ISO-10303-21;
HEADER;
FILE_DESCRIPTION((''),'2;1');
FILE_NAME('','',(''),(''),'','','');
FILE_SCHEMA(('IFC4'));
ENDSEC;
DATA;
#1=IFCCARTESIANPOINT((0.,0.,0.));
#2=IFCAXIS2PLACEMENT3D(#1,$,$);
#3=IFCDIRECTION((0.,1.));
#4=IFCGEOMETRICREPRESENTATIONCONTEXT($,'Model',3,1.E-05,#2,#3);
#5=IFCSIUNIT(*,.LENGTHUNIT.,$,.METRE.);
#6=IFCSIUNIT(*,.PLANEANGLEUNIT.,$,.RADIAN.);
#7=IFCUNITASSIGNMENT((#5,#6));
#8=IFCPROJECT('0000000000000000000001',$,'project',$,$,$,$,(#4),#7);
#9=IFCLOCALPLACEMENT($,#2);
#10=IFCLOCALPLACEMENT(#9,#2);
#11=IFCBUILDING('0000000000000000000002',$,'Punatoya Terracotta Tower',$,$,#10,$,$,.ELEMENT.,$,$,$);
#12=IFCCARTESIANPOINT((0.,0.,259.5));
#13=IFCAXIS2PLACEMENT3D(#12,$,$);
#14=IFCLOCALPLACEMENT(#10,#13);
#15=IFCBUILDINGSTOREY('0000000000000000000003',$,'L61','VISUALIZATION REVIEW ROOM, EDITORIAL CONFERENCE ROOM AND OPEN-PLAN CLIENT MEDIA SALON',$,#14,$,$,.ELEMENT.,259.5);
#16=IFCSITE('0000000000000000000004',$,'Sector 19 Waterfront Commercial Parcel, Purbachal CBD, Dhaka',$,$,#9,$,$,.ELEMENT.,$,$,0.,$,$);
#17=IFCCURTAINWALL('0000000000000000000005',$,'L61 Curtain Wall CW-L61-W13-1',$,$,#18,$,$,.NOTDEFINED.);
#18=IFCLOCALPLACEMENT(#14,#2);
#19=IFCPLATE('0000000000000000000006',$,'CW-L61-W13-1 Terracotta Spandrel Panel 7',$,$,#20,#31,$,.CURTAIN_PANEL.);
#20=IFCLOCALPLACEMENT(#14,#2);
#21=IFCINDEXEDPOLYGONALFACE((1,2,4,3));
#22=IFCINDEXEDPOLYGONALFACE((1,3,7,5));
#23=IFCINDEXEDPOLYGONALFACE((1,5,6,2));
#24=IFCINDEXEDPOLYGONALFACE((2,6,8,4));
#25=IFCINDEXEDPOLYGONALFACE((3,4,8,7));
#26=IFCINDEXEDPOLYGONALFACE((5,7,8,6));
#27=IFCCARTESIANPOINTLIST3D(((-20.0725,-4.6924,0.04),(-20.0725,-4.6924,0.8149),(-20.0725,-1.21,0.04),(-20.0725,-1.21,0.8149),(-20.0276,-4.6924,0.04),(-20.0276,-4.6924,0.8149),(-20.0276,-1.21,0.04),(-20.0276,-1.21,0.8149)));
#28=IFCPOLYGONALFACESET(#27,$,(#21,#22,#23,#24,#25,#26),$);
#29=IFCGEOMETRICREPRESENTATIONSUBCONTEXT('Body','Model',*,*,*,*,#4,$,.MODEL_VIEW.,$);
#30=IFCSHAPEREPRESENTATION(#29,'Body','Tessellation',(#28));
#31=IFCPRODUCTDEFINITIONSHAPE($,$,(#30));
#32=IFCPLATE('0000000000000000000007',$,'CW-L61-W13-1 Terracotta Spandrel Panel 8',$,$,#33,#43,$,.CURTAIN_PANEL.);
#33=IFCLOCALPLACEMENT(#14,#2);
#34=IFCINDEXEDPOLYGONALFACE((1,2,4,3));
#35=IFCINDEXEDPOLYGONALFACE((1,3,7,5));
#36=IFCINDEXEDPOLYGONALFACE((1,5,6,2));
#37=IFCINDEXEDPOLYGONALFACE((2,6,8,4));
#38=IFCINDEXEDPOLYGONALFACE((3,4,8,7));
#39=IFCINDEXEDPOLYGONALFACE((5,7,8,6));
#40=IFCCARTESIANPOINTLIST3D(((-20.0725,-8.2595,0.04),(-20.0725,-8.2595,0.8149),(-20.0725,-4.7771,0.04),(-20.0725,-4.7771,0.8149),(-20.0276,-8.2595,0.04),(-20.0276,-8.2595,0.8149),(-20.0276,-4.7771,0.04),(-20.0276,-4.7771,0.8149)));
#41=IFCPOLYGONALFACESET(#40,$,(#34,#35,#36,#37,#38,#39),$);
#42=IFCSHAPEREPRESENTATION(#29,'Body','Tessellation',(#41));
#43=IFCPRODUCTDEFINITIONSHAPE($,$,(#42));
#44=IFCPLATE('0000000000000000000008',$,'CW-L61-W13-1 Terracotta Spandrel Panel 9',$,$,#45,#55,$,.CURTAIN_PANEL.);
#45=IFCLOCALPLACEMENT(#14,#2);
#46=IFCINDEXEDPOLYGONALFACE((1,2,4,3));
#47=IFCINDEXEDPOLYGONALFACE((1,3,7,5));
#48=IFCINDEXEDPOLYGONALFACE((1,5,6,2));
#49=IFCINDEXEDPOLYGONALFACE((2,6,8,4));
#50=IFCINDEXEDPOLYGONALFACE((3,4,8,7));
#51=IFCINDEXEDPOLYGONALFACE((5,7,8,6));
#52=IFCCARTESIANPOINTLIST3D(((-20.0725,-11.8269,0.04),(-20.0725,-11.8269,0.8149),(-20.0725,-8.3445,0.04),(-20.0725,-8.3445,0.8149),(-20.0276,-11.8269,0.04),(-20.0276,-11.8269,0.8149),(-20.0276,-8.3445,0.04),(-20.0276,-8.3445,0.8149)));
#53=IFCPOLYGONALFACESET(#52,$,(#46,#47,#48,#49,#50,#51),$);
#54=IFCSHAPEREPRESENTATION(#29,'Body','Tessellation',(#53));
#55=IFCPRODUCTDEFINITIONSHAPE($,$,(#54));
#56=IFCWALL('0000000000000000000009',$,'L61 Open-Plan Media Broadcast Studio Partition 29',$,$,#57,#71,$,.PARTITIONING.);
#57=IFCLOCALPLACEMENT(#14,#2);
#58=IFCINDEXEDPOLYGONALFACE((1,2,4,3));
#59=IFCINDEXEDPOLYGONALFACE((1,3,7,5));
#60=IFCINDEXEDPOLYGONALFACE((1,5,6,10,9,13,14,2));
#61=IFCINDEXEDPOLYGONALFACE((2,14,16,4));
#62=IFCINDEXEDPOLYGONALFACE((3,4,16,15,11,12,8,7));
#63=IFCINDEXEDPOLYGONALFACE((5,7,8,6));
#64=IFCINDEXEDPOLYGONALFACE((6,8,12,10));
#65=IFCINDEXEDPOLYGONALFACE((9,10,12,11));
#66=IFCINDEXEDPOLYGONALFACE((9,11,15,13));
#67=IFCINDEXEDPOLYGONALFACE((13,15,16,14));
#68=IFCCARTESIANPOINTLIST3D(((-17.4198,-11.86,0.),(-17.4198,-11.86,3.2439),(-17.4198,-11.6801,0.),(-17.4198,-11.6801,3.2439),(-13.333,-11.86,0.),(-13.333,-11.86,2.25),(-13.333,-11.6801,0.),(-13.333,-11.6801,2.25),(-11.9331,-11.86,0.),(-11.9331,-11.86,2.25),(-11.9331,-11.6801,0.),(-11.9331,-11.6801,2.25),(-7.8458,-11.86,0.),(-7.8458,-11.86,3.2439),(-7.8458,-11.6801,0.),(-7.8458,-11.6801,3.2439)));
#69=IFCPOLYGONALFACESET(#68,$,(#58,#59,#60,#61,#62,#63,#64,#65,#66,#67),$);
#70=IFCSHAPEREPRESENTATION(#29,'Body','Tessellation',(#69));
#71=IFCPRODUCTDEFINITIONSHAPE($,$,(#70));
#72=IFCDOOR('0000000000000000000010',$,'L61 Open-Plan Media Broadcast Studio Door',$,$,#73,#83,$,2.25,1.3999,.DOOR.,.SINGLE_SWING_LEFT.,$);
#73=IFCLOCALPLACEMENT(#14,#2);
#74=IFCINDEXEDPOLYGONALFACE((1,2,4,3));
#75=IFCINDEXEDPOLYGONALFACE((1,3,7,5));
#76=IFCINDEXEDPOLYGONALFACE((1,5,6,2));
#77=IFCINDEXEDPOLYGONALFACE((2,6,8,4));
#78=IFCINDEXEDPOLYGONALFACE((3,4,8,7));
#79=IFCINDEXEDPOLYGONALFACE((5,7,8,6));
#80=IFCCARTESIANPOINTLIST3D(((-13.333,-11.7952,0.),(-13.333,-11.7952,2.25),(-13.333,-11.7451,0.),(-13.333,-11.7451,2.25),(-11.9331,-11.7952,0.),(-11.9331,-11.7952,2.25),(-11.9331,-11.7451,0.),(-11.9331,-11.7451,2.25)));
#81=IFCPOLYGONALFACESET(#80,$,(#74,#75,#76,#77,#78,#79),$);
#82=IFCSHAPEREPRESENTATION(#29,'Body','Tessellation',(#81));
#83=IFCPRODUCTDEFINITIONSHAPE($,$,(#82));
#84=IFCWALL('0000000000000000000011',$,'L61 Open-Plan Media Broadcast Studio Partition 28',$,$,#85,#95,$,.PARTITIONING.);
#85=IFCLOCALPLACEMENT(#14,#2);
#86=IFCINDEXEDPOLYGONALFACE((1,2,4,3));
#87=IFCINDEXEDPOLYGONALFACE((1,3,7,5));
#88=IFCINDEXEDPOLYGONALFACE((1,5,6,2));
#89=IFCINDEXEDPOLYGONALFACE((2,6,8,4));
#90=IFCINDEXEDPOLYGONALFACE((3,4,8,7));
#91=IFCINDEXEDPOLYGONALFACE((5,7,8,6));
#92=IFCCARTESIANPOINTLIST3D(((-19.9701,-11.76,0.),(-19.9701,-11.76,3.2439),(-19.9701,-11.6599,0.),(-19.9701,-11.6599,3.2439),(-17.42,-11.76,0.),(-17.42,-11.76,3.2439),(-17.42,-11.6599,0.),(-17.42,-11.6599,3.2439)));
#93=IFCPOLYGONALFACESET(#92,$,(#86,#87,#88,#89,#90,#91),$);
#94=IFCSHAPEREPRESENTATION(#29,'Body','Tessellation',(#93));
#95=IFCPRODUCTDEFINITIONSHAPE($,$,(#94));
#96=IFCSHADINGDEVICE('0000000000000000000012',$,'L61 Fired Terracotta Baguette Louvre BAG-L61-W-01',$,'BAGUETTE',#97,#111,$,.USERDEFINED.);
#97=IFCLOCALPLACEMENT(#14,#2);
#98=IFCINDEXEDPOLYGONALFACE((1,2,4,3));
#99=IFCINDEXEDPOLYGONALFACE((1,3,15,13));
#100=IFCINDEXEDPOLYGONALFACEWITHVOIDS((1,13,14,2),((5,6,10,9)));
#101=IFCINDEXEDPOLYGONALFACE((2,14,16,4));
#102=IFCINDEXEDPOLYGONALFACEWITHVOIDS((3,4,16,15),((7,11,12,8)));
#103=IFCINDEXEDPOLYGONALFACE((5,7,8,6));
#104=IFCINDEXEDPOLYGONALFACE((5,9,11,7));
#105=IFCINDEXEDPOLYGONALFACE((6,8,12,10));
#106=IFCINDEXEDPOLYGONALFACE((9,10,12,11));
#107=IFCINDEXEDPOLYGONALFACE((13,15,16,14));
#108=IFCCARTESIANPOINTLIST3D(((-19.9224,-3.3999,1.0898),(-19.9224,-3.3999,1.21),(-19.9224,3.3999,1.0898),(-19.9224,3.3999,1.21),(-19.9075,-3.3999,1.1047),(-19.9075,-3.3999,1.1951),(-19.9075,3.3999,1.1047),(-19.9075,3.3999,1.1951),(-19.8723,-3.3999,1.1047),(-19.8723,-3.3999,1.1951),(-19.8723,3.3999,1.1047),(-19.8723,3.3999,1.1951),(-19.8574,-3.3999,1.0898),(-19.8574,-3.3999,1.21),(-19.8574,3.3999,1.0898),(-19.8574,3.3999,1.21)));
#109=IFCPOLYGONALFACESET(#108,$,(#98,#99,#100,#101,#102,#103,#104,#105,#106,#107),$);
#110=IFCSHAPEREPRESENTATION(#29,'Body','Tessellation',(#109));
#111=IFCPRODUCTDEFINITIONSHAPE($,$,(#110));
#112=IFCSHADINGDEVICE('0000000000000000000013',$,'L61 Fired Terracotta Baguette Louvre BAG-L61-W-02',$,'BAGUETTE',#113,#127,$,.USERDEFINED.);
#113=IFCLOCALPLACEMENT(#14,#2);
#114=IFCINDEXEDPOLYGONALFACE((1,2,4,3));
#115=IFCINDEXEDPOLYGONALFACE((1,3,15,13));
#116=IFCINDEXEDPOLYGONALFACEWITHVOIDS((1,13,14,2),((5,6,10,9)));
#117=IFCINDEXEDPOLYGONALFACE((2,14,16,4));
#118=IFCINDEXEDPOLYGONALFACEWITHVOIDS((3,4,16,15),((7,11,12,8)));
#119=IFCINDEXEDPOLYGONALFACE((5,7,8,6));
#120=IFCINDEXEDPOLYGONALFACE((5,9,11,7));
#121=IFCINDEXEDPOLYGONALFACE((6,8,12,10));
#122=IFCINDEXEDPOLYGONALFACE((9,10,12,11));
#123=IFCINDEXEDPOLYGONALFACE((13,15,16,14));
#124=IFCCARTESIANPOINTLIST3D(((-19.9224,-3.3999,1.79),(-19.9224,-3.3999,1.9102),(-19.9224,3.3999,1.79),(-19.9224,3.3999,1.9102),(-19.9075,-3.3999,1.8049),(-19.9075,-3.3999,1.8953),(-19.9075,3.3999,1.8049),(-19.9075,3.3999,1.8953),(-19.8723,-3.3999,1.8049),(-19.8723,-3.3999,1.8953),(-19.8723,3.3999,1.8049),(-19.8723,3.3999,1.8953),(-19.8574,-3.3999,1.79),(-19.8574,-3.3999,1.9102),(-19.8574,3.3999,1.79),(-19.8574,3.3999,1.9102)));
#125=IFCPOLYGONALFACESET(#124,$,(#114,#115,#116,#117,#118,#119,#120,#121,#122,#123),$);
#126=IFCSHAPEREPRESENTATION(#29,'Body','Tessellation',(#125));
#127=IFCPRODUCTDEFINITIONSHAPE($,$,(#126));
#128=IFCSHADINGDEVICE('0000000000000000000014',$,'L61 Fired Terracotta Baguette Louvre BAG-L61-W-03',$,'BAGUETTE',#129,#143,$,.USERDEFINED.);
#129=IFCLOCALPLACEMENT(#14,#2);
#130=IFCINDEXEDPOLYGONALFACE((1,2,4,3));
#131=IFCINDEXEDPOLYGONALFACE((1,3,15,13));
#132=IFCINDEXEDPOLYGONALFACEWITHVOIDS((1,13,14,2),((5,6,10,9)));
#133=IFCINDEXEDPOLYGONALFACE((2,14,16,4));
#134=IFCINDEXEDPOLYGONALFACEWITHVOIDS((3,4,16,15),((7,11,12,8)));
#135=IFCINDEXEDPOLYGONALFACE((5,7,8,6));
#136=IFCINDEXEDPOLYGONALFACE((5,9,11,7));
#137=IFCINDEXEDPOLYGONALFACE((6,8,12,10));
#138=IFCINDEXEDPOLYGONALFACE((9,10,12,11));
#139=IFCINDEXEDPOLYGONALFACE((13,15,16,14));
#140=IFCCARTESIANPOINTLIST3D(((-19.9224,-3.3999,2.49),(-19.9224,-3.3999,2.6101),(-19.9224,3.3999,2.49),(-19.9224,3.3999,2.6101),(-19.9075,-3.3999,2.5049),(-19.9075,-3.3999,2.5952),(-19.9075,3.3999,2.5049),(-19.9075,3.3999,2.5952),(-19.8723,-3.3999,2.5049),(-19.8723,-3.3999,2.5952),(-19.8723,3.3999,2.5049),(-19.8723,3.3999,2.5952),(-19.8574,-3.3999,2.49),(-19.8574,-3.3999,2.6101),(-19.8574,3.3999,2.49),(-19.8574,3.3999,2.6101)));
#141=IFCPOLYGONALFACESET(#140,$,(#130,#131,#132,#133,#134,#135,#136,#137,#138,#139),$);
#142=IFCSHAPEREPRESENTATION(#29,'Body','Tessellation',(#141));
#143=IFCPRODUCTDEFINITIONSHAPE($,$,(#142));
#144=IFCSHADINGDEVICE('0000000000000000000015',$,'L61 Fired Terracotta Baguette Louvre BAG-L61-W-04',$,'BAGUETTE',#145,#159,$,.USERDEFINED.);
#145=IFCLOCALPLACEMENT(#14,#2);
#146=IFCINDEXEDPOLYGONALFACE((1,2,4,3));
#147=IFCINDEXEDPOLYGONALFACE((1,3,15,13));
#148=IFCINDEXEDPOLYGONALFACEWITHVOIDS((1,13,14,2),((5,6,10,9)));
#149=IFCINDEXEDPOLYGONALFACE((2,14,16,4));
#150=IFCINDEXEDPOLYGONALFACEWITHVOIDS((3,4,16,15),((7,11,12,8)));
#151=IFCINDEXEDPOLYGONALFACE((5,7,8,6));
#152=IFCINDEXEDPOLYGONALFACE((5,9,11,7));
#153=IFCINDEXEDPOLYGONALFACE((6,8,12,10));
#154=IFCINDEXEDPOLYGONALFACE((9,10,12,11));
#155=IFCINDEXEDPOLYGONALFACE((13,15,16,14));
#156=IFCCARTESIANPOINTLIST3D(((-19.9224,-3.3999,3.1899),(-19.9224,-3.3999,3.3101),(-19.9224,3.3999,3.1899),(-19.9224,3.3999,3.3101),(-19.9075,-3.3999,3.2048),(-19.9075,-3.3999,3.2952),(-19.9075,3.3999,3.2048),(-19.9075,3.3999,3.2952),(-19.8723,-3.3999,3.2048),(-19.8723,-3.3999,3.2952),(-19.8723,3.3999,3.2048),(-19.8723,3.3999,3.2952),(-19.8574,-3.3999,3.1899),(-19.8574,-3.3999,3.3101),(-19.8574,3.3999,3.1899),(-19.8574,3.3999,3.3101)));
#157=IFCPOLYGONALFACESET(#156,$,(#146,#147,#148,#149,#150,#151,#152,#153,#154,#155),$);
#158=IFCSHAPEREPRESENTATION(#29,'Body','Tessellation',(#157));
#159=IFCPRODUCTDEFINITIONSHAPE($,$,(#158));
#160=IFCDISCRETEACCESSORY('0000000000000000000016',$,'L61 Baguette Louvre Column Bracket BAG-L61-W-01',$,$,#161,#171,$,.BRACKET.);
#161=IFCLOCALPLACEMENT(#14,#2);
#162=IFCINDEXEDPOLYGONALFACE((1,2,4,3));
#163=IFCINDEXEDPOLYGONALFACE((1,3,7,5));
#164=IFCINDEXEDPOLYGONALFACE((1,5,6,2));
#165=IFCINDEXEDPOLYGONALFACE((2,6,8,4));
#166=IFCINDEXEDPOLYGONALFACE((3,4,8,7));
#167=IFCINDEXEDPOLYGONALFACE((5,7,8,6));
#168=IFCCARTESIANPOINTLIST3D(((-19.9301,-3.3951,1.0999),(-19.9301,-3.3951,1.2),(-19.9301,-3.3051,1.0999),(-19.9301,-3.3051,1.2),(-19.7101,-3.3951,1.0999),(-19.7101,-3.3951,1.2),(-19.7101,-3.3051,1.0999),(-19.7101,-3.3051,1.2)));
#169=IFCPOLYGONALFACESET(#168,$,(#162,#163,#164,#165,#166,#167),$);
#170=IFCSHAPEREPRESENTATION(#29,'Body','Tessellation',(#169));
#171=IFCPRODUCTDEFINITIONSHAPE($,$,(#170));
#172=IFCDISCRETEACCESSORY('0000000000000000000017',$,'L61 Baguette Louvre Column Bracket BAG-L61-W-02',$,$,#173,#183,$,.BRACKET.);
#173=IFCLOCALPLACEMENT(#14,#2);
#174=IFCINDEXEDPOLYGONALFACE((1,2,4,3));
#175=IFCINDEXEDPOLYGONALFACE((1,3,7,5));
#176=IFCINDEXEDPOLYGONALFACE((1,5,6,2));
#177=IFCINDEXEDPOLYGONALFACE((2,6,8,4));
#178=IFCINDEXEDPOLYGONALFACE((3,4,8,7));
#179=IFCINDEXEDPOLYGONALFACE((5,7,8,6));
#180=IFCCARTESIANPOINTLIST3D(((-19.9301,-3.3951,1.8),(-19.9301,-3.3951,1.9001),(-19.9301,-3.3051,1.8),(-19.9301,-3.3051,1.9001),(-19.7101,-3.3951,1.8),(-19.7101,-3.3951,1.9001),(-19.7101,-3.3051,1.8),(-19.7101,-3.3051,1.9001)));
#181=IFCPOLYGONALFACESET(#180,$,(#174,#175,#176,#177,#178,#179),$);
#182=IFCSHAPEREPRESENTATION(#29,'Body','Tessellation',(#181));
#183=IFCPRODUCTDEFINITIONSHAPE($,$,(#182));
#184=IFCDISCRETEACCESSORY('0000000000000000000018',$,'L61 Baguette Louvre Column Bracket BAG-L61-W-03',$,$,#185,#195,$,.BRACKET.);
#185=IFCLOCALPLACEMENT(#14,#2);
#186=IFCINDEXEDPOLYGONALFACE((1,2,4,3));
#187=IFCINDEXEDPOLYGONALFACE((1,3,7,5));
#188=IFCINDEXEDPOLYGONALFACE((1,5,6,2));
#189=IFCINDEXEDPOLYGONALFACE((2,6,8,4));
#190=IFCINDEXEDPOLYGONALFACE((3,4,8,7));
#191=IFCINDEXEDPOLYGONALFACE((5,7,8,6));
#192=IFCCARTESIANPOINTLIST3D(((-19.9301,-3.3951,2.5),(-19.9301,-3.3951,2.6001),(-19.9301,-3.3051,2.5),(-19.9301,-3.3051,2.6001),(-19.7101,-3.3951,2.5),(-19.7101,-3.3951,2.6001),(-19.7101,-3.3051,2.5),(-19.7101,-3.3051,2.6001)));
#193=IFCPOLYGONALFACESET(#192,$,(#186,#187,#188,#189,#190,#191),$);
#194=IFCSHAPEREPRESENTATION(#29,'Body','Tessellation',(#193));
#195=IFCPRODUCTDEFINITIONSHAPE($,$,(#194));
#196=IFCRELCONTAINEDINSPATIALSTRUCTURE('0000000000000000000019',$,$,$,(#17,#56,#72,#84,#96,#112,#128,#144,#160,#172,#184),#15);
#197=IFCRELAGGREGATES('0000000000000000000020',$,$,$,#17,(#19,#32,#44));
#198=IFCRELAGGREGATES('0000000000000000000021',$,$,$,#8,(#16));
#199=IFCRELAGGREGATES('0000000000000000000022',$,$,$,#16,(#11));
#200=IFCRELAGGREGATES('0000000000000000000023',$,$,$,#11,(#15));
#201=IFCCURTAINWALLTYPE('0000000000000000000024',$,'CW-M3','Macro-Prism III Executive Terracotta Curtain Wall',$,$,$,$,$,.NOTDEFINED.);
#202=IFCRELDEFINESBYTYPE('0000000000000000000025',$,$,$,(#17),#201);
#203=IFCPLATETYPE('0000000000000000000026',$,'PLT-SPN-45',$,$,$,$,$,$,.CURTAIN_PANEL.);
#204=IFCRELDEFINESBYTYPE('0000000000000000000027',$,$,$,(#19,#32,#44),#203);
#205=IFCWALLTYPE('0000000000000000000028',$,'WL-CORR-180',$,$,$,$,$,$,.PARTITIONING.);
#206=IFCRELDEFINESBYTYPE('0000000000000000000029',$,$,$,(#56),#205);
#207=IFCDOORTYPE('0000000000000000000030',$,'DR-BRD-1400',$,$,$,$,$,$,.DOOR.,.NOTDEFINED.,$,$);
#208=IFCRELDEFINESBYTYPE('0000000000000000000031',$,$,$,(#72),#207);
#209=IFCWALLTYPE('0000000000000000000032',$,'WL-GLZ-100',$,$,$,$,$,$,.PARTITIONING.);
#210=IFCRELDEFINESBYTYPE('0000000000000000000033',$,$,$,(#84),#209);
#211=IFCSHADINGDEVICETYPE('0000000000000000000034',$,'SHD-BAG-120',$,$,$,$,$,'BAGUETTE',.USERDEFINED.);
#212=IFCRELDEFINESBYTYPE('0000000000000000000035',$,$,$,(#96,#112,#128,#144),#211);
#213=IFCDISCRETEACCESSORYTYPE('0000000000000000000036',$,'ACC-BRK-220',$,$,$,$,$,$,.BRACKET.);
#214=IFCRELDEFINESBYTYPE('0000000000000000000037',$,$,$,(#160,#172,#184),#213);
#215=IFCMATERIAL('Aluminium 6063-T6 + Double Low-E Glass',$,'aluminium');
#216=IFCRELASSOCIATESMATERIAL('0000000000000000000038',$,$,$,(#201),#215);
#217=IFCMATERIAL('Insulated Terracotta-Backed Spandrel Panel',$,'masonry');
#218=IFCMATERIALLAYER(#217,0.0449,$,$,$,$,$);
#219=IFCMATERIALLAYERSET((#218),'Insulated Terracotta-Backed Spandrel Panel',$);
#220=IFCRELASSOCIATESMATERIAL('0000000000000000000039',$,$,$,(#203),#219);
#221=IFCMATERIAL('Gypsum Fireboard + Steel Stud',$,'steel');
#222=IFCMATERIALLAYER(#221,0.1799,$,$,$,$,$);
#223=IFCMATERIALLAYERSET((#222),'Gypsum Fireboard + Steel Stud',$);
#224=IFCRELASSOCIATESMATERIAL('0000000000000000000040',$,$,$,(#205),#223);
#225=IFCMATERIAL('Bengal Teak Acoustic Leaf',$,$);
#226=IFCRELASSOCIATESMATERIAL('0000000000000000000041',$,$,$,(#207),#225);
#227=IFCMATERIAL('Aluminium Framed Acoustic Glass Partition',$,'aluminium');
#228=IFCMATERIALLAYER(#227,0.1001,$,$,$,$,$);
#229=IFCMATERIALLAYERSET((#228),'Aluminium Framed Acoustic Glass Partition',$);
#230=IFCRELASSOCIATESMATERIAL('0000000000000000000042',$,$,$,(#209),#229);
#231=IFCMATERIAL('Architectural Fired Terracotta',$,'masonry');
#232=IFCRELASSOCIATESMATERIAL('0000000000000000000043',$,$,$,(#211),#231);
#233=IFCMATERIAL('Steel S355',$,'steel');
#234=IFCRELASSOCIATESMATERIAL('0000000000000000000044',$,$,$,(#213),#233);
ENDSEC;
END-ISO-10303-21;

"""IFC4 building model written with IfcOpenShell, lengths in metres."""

from ifc_helpers import new_model, si_unit, direction, frame, frame_2d, origin, origin_2d, place, context, subcontext, project, spatial, rectangle, hollow_rectangle, extrude, material, layer, layer_set, material_profile, profile_set, type_object, element, fill, aggregate, save


model = new_model("IFC4")

# Units and contexts
model_context = context("Model", 3, precision=1e-05, world=origin(), true_north=direction((0.0, 1.0)))
body_context = subcontext(model_context, "Body", "Model", "MODEL_VIEW")
ifc_project = project(units=[si_unit("LENGTHUNIT", "METRE"), si_unit("PLANEANGLEUNIT", "RADIAN")], contexts=[model_context])

# Site, building, storey
site_placement = place(None, origin())
site = spatial("IfcSite", under=ifc_project, at=site_placement, Name="Sector 19 Waterfront Commercial Parcel, Purbachal CBD, Dhaka", CompositionType="ELEMENT", RefElevation=0.0)
building_placement = place(site_placement, origin())
building = spatial("IfcBuilding", under=site, at=building_placement, Name="Punatoya Terracotta Tower", CompositionType="ELEMENT")
storey_placement = place(building_placement, frame((0.0, 0.0, 259.5)))
storey = spatial("IfcBuildingStorey", under=building, at=storey_placement, Name="L61", Description="VISUALIZATION REVIEW ROOM, EDITORIAL CONFERENCE ROOM AND OPEN-PLAN CLIENT MEDIA SALON", CompositionType="ELEMENT", Elevation=259.5)

# Shared definitions
ifc_material_1 = material(Name="Steel S355", Category="steel")

# Curtain wall
ifc_material_2 = material(Name="Aluminium 6063-T6 + Double Low-E Glass", Category="aluminium")
curtain_wall_type = type_object("IfcCurtainWallType", Name="CW-M3", Description="Macro-Prism III Executive Terracotta Curtain Wall", PredefinedType="NOTDEFINED", material=ifc_material_2)
curtain_wall_placement = place(storey_placement, origin())
curtain_wall = element("IfcCurtainWall", 1, at=curtain_wall_placement, inside=storey, type_object=curtain_wall_type, Name="L61 Curtain Wall CW-L61-W13-1", PredefinedType="NOTDEFINED")

# Plates
ifc_material_3 = material(Name="Insulated Terracotta-Backed Spandrel Panel", Category="masonry")
ifc_layer_1 = layer(ifc_material_3, 0.0449)
ifc_layer_set_1 = layer_set([ifc_layer_1], Name="Insulated Terracotta-Backed Spandrel Panel")
plate_type_1 = type_object("IfcPlateType", Name="PLT-SPN-45", PredefinedType="CURTAIN_PANEL", material=ifc_layer_set_1)
plate_1_placement = place(storey_placement, frame((-20.05, -2.9512, 0.04), z_axis=(0.0, 0.0, 1.0), x_axis=(0.0, -1.0, 0.0)))
plate_1 = element("IfcPlate", 2, at=plate_1_placement, type_object=plate_type_1, Name="CW-L61-W13-1 Terracotta Spandrel Panel 7", PredefinedType="CURTAIN_PANEL", context=body_context, shape_type="SweptSolid", body=[
    extrude(rectangle(XDim=3.4824, YDim=0.0449, at=origin_2d()), origin(), (0.0, 0.0, 1.0), 0.7749),
])
plate_2_placement = place(storey_placement, frame((-20.05, -6.5183, 0.04), z_axis=(0.0, 0.0, 1.0), x_axis=(0.0, -1.0, 0.0)))
plate_2 = element("IfcPlate", 3, at=plate_2_placement, type_object=plate_type_1, Name="CW-L61-W13-1 Terracotta Spandrel Panel 8", PredefinedType="CURTAIN_PANEL", context=body_context, shape_type="SweptSolid", body=[
    extrude(rectangle(XDim=3.4824, YDim=0.0449, at=origin_2d()), origin(), (0.0, 0.0, 1.0), 0.7749),
])
plate_3_placement = place(storey_placement, frame((-20.05, -10.0857, 0.04), z_axis=(0.0, 0.0, 1.0), x_axis=(0.0, -1.0, 0.0)))
plate_3 = element("IfcPlate", 4, at=plate_3_placement, type_object=plate_type_1, Name="CW-L61-W13-1 Terracotta Spandrel Panel 9", PredefinedType="CURTAIN_PANEL", context=body_context, shape_type="SweptSolid", body=[
    extrude(rectangle(XDim=3.4824, YDim=0.0449, at=origin_2d()), origin(), (0.0, 0.0, 1.0), 0.7749),
])
aggregate(curtain_wall, [plate_1, plate_2, plate_3])

# Wall, opening, door
ifc_material_4 = material(Name="Gypsum Fireboard + Steel Stud", Category="steel")
ifc_layer_2 = layer(ifc_material_4, 0.1799)
ifc_layer_set_2 = layer_set([ifc_layer_2], Name="Gypsum Fireboard + Steel Stud")
wall_type_1 = type_object("IfcWallType", Name="WL-CORR-180", PredefinedType="PARTITIONING", material=ifc_layer_set_2)
wall_1_placement = place(storey_placement, frame((-17.4199, -11.77, 0.0), z_axis=(0.0, 0.0, 1.0), x_axis=(1.0, 0.0, 0.0)))
wall_1 = element("IfcWall", 5, at=wall_1_placement, inside=storey, type_object=wall_type_1, Name="L61 Open-Plan Media Broadcast Studio Partition 29", PredefinedType="PARTITIONING", context=body_context, shape_type="SweptSolid", body=[
    extrude(rectangle(XDim=9.574, YDim=0.1799, at=frame_2d((4.7871, 0.0))), origin(), (0.0, 0.0, 1.0), 3.2439),
])
opening_placement = place(wall_1_placement, frame((4.0869, 0.0, 0.0)))
opening = element("IfcOpeningElement", 6, at=opening_placement, cuts=wall_1, PredefinedType="OPENING", context=body_context, shape_type="SweptSolid", body=[
    extrude(rectangle(XDim=1.3999, YDim=2.25, at=frame_2d((0.7, 1.125))), frame((0.0, 0.0999, 0.0), z_axis=(0.0, -1.0, 0.0), x_axis=(1.0, 0.0, 0.0)), (0.0, 0.0, 1.0), 0.2),
])
ifc_material_5 = material(Name="Bengal Teak Acoustic Leaf")
door_type = type_object("IfcDoorType", Name="DR-BRD-1400", OperationType="NOTDEFINED", PredefinedType="DOOR", material=ifc_material_5)
door_placement = place(opening_placement, origin())
door = element("IfcDoor", 7, at=door_placement, inside=storey, type_object=door_type, Name="L61 Open-Plan Media Broadcast Studio Door", OperationType="SINGLE_SWING_LEFT", OverallHeight=2.25, OverallWidth=1.3999, PredefinedType="DOOR", context=body_context, shape_type="SweptSolid", body=[
    extrude(rectangle(XDim=1.3999, YDim=2.25, at=frame_2d((0.7, 1.125))), frame((0.0, 0.0249, 0.0), z_axis=(0.0, -1.0, 0.0), x_axis=(1.0, 0.0, 0.0)), (0.0, 0.0, 1.0), 0.05),
])
fill(opening, door)

# Wall
ifc_material_6 = material(Name="Aluminium Framed Acoustic Glass Partition", Category="aluminium")
ifc_layer_3 = layer(ifc_material_6, 0.1001)
ifc_layer_set_3 = layer_set([ifc_layer_3], Name="Aluminium Framed Acoustic Glass Partition")
wall_type_2 = type_object("IfcWallType", Name="WL-GLZ-100", PredefinedType="PARTITIONING", material=ifc_layer_set_3)
wall_2_placement = place(storey_placement, frame((-19.97, -11.71, 0.0), z_axis=(0.0, 0.0, 1.0), x_axis=(1.0, 0.0, 0.0)))
element("IfcWall", 8, at=wall_2_placement, inside=storey, type_object=wall_type_2, Name="L61 Open-Plan Media Broadcast Studio Partition 28", PredefinedType="PARTITIONING", context=body_context, shape_type="SweptSolid", body=[
    extrude(rectangle(XDim=2.55, YDim=0.1001, at=frame_2d((1.2749, 0.0))), origin(), (0.0, 0.0, 1.0), 3.2439),
])

# Shading devices
ifc_material_7 = material(Name="Architectural Fired Terracotta", Category="masonry")
ifc_material_profile_1 = material_profile(ifc_material_7, hollow_rectangle(XDim=0.0649, YDim=0.1201, WallThickness=0.0149, at=origin_2d()))
ifc_profile_set_1 = profile_set([ifc_material_profile_1], Name="Architectural Fired Terracotta")
shading_device_type = type_object("IfcShadingDeviceType", Name="SHD-BAG-120", ElementType="BAGUETTE", PredefinedType="USERDEFINED", material=ifc_profile_set_1)
for number, where, z_axis, x_axis, name in (
    (9, (-19.8899, -3.3999, 1.1499), (0.0, 1.0, 0.0), (-1.0, 0.0, 0.0), "L61 Fired Terracotta Baguette Louvre BAG-L61-W-01"),
    (10, (-19.8899, -3.3999, 1.8501), (0.0, 1.0, 0.0), (-1.0, 0.0, 0.0), "L61 Fired Terracotta Baguette Louvre BAG-L61-W-02"),
    (11, (-19.8899, -3.3999, 2.55), (0.0, 1.0, 0.0), (-1.0, 0.0, 0.0), "L61 Fired Terracotta Baguette Louvre BAG-L61-W-03"),
    (12, (-19.8899, -3.3999, 3.25), (0.0, 1.0, 0.0), (-1.0, 0.0, 0.0), "L61 Fired Terracotta Baguette Louvre BAG-L61-W-04"),
):
    element("IfcShadingDevice", number, at=place(storey_placement, frame(where, z_axis=z_axis, x_axis=x_axis)), inside=storey, type_object=shading_device_type, Name=name, ObjectType="BAGUETTE", PredefinedType="USERDEFINED", context=body_context, shape_type="SweptSolid", body=[
        extrude(hollow_rectangle(XDim=0.0649, YDim=0.1201, WallThickness=0.0149, at=origin_2d()), origin(), (0.0, 0.0, 1.0), 6.7998),
    ])

# Discrete accessories
discrete_accessory_type = type_object("IfcDiscreteAccessoryType", Name="ACC-BRK-220", PredefinedType="BRACKET", material=ifc_material_1)
for number, where, z_axis, x_axis, name in (
    (13, (-19.8201, -3.3501, 1.0999), (0.0, 0.0, 1.0), (0.0, 1.0, 0.0), "L61 Baguette Louvre Column Bracket BAG-L61-W-01"),
    (14, (-19.8201, -3.3501, 1.8), (0.0, 0.0, 1.0), (0.0, 1.0, 0.0), "L61 Baguette Louvre Column Bracket BAG-L61-W-02"),
    (15, (-19.8201, -3.3501, 2.5), (0.0, 0.0, 1.0), (0.0, 1.0, 0.0), "L61 Baguette Louvre Column Bracket BAG-L61-W-03"),
):
    element("IfcDiscreteAccessory", number, at=place(storey_placement, frame(where, z_axis=z_axis, x_axis=x_axis)), inside=storey, type_object=discrete_accessory_type, Name=name, PredefinedType="BRACKET", context=body_context, shape_type="SweptSolid", body=[
        extrude(rectangle(XDim=0.0901, YDim=0.22, at=origin_2d()), origin(), (0.0, 0.0, 1.0), 0.1001),
    ])

save(model, "model.ifc")
